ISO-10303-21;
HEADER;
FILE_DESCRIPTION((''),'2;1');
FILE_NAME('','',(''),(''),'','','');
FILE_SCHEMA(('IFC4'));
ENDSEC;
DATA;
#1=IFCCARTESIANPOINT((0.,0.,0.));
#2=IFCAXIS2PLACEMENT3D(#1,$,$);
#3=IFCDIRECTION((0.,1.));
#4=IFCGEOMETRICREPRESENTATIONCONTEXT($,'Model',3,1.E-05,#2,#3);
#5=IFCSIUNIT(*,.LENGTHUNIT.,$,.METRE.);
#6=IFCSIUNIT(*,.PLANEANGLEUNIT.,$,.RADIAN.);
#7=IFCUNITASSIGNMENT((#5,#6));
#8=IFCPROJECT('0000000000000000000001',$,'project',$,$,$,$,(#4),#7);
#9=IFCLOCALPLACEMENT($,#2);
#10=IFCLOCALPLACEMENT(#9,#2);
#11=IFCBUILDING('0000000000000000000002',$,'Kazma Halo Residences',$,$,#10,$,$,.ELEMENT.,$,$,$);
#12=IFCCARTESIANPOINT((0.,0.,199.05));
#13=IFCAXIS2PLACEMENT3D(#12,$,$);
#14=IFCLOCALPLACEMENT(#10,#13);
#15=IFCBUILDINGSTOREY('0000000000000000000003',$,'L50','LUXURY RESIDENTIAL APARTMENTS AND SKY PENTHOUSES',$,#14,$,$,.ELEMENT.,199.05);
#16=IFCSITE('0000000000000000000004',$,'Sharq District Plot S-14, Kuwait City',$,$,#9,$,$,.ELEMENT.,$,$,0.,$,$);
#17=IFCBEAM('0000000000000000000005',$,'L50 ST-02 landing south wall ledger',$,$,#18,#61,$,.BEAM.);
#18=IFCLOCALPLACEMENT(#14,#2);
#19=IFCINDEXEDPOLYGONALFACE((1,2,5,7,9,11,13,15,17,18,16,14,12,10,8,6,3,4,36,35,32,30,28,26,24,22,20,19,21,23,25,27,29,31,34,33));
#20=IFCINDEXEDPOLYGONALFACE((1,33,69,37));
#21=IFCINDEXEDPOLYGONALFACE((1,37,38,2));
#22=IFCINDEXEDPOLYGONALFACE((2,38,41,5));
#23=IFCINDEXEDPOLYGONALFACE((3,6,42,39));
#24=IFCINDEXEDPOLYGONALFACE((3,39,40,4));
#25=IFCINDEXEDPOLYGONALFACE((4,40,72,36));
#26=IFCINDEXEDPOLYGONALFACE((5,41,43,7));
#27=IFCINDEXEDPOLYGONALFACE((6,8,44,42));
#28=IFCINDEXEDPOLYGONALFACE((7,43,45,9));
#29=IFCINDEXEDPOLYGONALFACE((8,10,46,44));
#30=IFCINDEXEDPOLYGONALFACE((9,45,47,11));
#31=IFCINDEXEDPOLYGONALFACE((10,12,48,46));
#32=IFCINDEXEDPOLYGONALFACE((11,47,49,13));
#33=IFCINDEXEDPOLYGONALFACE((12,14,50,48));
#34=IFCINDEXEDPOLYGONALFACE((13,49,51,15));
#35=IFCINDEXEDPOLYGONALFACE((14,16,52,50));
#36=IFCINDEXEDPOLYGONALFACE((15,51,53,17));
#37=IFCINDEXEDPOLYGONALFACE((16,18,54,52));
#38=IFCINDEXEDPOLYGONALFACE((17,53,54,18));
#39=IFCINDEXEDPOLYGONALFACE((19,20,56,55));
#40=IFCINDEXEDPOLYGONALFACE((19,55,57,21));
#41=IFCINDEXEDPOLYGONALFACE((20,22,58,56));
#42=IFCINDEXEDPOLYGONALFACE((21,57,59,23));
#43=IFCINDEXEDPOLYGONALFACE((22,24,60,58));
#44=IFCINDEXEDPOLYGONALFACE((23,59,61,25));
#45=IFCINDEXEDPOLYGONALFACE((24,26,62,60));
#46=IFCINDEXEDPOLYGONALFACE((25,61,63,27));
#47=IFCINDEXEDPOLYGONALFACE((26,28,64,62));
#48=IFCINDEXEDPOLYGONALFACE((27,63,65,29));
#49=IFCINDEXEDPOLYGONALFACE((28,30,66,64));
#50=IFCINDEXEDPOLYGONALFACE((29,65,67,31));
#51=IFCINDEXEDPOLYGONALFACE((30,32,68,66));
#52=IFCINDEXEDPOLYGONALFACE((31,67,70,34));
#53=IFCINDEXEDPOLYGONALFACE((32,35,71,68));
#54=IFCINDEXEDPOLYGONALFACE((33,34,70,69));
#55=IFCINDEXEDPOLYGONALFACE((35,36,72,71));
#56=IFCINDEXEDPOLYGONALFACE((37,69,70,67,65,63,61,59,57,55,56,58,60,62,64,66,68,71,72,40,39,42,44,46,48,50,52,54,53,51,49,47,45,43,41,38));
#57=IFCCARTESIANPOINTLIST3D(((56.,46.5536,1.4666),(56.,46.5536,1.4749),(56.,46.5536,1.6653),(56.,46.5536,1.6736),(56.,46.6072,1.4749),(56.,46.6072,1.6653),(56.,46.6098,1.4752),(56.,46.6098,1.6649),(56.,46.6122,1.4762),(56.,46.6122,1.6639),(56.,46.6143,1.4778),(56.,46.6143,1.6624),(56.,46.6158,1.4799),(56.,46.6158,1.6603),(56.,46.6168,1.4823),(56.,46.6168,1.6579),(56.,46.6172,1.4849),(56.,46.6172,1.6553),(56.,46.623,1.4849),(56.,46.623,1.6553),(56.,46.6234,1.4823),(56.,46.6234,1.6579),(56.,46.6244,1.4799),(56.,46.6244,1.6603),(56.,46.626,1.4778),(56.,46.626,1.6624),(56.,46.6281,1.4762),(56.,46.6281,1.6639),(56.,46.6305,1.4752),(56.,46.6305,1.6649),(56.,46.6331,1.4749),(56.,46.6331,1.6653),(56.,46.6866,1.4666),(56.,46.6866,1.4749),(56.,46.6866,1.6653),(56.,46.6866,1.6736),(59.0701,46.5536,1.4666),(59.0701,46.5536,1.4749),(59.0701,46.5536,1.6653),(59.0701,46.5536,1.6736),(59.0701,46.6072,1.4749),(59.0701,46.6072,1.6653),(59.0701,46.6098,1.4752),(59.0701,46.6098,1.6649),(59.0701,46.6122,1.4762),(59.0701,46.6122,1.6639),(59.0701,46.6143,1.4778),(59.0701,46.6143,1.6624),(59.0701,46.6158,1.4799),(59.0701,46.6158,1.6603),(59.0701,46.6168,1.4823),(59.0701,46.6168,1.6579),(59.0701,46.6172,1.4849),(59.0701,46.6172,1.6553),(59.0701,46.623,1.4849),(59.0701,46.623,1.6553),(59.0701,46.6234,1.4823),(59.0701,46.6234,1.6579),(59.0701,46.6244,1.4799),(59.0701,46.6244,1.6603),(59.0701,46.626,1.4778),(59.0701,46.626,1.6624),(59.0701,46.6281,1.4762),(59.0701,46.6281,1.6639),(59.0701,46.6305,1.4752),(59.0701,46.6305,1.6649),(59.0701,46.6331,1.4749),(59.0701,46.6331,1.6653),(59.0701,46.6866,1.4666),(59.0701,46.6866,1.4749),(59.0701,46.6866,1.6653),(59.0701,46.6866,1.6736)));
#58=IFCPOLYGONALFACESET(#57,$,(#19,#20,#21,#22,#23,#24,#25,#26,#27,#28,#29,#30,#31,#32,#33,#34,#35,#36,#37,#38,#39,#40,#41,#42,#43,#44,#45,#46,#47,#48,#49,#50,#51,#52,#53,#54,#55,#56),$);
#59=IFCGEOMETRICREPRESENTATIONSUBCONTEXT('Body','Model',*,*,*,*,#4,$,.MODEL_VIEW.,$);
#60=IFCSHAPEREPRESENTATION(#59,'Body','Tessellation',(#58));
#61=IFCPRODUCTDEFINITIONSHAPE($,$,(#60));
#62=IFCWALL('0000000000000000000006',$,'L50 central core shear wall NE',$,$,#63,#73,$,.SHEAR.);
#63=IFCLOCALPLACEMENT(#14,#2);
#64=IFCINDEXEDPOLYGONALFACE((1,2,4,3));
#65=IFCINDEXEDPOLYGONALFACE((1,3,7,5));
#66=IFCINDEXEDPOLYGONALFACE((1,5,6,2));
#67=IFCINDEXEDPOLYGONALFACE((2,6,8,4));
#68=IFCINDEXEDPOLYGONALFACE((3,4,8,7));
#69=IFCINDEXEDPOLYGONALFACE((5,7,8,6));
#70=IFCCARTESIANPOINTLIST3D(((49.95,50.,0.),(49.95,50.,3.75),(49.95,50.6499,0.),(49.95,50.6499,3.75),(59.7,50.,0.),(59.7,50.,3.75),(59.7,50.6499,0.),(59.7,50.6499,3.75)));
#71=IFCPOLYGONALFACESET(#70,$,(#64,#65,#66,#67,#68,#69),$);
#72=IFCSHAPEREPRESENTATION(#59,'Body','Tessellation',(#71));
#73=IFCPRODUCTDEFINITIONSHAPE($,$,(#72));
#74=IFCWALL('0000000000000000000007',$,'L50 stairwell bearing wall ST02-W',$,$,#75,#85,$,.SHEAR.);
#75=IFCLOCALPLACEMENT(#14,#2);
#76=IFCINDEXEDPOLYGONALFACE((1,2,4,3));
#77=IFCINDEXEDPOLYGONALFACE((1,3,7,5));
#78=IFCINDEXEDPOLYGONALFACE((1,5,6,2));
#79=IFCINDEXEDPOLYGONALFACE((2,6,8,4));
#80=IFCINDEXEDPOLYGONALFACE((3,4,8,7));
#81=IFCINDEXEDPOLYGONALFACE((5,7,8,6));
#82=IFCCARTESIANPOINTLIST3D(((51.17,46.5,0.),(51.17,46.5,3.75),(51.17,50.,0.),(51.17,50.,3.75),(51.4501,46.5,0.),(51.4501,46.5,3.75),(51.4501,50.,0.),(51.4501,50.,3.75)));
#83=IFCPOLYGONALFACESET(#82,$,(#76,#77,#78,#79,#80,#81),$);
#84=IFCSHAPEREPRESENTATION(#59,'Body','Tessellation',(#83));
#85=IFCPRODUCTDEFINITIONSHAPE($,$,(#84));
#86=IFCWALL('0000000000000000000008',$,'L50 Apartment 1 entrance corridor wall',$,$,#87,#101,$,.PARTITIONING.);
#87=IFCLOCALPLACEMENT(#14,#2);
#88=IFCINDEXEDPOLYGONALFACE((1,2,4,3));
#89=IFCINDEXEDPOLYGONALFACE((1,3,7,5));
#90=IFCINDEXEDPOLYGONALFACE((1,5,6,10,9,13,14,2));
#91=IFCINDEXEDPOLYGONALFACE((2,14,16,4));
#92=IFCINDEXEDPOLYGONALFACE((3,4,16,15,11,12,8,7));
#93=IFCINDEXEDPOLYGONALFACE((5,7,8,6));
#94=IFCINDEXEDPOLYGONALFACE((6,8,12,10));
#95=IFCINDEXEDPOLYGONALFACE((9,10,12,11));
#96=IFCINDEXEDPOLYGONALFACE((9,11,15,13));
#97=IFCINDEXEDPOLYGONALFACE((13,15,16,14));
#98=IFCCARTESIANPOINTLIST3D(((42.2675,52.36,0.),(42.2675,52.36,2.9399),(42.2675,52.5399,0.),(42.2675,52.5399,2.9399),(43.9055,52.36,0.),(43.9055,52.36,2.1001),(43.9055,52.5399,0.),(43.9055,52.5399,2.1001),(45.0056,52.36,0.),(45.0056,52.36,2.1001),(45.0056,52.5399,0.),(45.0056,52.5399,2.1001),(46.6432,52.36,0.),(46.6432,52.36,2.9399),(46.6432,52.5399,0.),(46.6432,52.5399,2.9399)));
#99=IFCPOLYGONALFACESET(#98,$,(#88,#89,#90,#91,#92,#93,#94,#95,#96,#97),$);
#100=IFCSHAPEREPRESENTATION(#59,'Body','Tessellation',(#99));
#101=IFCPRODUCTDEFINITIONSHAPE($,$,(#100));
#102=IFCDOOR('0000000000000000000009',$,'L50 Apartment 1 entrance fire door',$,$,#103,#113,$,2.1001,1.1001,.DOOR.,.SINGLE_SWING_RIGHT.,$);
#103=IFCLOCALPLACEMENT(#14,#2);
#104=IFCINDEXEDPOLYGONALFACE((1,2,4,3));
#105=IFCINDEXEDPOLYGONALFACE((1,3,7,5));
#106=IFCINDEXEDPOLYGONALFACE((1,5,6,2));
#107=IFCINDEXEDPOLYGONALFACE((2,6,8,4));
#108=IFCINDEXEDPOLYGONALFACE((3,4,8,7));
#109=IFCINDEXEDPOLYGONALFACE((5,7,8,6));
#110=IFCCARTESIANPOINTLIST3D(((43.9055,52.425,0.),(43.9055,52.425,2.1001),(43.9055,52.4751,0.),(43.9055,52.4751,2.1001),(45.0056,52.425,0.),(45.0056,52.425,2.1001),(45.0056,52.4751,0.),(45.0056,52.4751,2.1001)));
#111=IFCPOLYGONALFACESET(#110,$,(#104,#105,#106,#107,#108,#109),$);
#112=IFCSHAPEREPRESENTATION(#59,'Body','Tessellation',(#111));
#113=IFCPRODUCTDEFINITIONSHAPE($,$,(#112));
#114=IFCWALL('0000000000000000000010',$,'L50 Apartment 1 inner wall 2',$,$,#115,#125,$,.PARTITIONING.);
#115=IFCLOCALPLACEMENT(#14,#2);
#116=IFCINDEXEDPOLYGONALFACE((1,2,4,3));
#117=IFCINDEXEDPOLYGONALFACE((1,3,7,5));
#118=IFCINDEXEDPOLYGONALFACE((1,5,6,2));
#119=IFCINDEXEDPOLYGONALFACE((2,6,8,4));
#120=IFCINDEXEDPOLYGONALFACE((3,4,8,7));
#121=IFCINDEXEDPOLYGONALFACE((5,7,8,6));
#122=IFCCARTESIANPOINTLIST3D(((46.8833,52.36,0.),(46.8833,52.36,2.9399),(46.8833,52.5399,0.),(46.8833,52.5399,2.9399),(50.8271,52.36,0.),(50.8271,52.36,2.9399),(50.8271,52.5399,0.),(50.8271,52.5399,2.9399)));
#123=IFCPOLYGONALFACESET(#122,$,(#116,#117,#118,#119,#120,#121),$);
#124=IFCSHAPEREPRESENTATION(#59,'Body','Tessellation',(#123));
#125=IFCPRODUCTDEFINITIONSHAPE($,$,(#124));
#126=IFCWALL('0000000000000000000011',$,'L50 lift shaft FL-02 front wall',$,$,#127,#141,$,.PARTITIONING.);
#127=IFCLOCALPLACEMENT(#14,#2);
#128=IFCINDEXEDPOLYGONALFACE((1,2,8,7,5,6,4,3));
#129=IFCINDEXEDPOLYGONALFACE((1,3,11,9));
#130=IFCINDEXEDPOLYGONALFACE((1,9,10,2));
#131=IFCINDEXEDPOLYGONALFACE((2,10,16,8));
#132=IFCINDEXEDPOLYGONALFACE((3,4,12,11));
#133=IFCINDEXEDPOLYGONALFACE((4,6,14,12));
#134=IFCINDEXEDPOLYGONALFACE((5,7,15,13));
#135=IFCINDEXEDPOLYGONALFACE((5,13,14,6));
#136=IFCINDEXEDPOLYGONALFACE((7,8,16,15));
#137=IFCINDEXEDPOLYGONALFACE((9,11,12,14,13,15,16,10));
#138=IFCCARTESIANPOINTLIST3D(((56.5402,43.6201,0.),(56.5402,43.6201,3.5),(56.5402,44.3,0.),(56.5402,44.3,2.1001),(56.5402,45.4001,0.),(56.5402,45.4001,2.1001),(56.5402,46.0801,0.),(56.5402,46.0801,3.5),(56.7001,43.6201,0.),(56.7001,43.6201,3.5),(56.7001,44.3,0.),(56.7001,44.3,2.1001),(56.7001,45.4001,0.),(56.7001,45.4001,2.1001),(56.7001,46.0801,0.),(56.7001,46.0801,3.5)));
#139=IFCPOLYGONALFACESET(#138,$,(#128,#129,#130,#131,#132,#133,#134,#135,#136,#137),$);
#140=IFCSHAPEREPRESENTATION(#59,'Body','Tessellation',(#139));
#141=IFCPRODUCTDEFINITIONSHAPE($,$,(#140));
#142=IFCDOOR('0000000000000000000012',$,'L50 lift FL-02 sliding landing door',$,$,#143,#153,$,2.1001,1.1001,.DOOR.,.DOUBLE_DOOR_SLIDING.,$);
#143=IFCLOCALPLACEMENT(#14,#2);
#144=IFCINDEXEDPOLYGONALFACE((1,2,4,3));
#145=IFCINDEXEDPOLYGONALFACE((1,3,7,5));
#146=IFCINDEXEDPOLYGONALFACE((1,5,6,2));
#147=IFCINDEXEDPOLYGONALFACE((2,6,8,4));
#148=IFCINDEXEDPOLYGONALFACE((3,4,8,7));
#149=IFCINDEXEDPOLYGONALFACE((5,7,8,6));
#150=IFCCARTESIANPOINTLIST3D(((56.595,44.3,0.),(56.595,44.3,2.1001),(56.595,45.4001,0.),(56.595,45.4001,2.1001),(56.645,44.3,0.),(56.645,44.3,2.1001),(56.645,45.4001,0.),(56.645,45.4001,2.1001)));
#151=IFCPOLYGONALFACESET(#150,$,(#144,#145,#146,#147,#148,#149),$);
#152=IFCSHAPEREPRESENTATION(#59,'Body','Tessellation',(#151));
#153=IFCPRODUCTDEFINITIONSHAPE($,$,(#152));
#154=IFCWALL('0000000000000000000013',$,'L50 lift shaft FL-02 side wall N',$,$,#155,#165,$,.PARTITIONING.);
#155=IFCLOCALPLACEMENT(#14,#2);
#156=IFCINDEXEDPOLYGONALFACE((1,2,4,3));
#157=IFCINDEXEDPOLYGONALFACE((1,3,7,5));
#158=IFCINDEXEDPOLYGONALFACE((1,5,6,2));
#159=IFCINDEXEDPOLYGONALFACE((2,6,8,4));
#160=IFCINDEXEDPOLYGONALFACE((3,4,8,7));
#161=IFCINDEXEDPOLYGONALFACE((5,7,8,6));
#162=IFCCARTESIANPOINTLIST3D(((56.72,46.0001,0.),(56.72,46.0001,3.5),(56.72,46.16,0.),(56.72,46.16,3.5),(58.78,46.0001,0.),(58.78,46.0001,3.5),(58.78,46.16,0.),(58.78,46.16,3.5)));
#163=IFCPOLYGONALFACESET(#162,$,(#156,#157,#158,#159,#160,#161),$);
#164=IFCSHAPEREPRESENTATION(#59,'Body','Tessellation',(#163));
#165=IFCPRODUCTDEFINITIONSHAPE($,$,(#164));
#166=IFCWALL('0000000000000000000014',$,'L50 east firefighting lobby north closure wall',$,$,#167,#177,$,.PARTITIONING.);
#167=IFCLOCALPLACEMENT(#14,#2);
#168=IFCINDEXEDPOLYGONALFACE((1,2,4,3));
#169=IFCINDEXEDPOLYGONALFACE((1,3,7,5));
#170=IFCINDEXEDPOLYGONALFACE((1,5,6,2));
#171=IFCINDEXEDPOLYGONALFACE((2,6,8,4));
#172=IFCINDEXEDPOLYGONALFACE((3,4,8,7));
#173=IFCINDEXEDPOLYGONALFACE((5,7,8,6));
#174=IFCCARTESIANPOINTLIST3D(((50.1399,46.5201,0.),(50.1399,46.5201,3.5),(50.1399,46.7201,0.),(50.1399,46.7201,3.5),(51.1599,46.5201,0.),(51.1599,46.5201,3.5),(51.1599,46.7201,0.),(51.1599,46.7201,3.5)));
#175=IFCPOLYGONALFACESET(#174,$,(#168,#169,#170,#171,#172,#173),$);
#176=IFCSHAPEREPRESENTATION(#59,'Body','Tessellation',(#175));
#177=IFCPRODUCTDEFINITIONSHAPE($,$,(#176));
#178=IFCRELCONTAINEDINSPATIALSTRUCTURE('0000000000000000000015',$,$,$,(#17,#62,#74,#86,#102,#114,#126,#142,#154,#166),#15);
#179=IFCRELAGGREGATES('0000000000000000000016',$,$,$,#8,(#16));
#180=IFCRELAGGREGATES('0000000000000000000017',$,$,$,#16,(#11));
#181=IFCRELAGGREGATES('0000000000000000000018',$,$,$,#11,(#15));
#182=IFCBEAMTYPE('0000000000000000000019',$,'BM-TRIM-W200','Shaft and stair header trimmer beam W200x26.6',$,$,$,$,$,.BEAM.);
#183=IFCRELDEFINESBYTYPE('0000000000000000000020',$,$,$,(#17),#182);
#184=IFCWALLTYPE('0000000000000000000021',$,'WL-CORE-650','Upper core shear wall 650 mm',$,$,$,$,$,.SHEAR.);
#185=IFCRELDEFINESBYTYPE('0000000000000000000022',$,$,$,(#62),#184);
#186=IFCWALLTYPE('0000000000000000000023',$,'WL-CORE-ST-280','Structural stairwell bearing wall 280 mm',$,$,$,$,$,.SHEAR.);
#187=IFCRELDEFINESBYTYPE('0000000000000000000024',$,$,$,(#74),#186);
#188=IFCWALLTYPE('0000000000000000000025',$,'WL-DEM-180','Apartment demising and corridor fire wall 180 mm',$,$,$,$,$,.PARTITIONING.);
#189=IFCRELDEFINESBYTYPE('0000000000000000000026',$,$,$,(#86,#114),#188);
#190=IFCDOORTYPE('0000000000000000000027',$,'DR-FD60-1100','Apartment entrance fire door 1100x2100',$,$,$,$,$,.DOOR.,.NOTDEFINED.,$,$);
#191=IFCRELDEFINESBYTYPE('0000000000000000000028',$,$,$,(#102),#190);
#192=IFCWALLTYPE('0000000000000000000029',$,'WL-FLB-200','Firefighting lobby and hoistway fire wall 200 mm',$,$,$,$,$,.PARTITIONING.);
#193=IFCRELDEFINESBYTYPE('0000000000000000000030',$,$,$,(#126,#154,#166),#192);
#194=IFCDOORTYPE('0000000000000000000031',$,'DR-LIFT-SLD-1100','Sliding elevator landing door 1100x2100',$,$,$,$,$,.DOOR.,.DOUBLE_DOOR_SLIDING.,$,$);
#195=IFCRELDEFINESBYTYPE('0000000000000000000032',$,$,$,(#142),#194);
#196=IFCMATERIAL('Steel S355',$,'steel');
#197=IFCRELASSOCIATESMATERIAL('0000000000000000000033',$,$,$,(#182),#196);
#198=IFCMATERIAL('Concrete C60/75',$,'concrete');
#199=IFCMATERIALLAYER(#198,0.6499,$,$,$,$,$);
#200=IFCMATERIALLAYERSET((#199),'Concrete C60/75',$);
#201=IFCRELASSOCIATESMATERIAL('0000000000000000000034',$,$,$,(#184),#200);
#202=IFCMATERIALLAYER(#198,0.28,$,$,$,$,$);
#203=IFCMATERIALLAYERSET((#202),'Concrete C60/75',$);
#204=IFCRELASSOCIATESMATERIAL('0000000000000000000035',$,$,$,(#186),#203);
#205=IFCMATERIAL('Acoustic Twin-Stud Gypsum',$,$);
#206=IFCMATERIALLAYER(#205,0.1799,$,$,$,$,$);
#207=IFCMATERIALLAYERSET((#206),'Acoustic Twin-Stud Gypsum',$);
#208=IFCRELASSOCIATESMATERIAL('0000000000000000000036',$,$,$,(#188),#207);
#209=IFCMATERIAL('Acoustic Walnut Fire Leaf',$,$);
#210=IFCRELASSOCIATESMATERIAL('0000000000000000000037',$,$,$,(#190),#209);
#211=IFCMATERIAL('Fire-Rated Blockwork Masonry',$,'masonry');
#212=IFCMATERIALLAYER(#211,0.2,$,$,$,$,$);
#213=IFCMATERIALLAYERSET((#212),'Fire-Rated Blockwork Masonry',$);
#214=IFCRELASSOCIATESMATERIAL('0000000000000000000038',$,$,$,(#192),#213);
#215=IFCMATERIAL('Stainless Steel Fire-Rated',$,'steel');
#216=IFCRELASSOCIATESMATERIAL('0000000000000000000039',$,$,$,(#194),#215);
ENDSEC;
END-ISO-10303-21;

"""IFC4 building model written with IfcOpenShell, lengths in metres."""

from ifc_helpers import new_model, si_unit, direction, frame, frame_2d, origin, origin_2d, place, context, subcontext, project, spatial, rectangle, i_section, extrude, material, layer, layer_set, material_profile, profile_set, type_object, element, fill, save


model = new_model("IFC4")

# Units and contexts
model_context = context("Model", 3, precision=1e-05, world=origin(), true_north=direction((0.0, 1.0)))
body_context = subcontext(model_context, "Body", "Model", "MODEL_VIEW")
ifc_project = project(units=[si_unit("LENGTHUNIT", "METRE"), si_unit("PLANEANGLEUNIT", "RADIAN")], contexts=[model_context])

# Site, building, storey
site_placement = place(None, origin())
site = spatial("IfcSite", under=ifc_project, at=site_placement, Name="Sharq District Plot S-14, Kuwait City", CompositionType="ELEMENT", RefElevation=0.0)
building_placement = place(site_placement, origin())
building = spatial("IfcBuilding", under=site, at=building_placement, Name="Kazma Halo Residences", CompositionType="ELEMENT")
storey_placement = place(building_placement, frame((0.0, 0.0, 199.05)))
storey = spatial("IfcBuildingStorey", under=building, at=storey_placement, Name="L50", Description="LUXURY RESIDENTIAL APARTMENTS AND SKY PENTHOUSES", CompositionType="ELEMENT", Elevation=199.05)

# Shared definitions
ifc_material_1 = material(Name="Steel S355", Category="steel")

# Beam
ifc_material_profile_1 = material_profile(ifc_material_1, i_section(OverallWidth=0.1331, OverallDepth=0.207, WebThickness=0.0059, FlangeThickness=0.0083, FilletRadius=0.01, at=origin_2d()), Name="W200x26.6")
ifc_profile_set_1 = profile_set([ifc_material_profile_1], Name="Steel S355")
beam_type_1 = type_object("IfcBeamType", Name="BM-TRIM-W200", Description="Shaft and stair header trimmer beam W200x26.6", PredefinedType="BEAM", material=ifc_profile_set_1)
beam_1_placement = place(storey_placement, frame((56.0, 46.6201, 1.5701), z_axis=(1.0, 0.0, 0.0), x_axis=(0.0, 1.0, 0.0)))
element("IfcBeam", 1, at=beam_1_placement, inside=storey, type_object=beam_type_1, Name="L50 ST-02 landing south wall ledger", PredefinedType="BEAM", context=body_context, shape_type="SweptSolid", body=[
    extrude(i_section(OverallWidth=0.1331, OverallDepth=0.207, WebThickness=0.0059, FlangeThickness=0.0083, FilletRadius=0.01, at=origin_2d()), origin(), (0.0, 0.0, 1.0), 3.0701),
])

# Walls
ifc_material_2 = material(Name="Concrete C60/75", Category="concrete")
ifc_layer_1 = layer(ifc_material_2, 0.6499)
ifc_layer_set_1 = layer_set([ifc_layer_1], Name="Concrete C60/75")
wall_type_1 = type_object("IfcWallType", Name="WL-CORE-650", Description="Upper core shear wall 650 mm", PredefinedType="SHEAR", material=ifc_layer_set_1)
wall_1_placement = place(storey_placement, frame((49.95, 50.325, 0.0), z_axis=(0.0, 0.0, 1.0), x_axis=(1.0, 0.0, 0.0)))
element("IfcWall", 2, at=wall_1_placement, inside=storey, type_object=wall_type_1, Name="L50 central core shear wall NE", PredefinedType="SHEAR", context=body_context, shape_type="SweptSolid", body=[
    extrude(rectangle(XDim=9.75, YDim=0.6499, at=frame_2d((4.875, 0.0))), origin(), (0.0, 0.0, 1.0), 3.75),
])
ifc_layer_2 = layer(ifc_material_2, 0.28)
ifc_layer_set_2 = layer_set([ifc_layer_2], Name="Concrete C60/75")
wall_type_2 = type_object("IfcWallType", Name="WL-CORE-ST-280", Description="Structural stairwell bearing wall 280 mm", PredefinedType="SHEAR", material=ifc_layer_set_2)
wall_2_placement = place(storey_placement, frame((51.3101, 46.5, 0.0), z_axis=(0.0, 0.0, 1.0), x_axis=(0.0, 1.0, 0.0)))
element("IfcWall", 3, at=wall_2_placement, inside=storey, type_object=wall_type_2, Name="L50 stairwell bearing wall ST02-W", PredefinedType="SHEAR", context=body_context, shape_type="SweptSolid", body=[
    extrude(rectangle(XDim=3.5, YDim=0.28, at=frame_2d((1.75, 0.0))), origin(), (0.0, 0.0, 1.0), 3.75),
])

# Wall, opening, door
ifc_material_3 = material(Name="Acoustic Twin-Stud Gypsum")
ifc_layer_3 = layer(ifc_material_3, 0.1799)
ifc_layer_set_3 = layer_set([ifc_layer_3], Name="Acoustic Twin-Stud Gypsum")
wall_type_3 = type_object("IfcWallType", Name="WL-DEM-180", Description="Apartment demising and corridor fire wall 180 mm", PredefinedType="PARTITIONING", material=ifc_layer_set_3)
wall_3_placement = place(storey_placement, frame((46.6433, 52.45, 0.0), z_axis=(0.0, 0.0, 1.0), x_axis=(-1.0, 0.0, 0.0)))
wall_3 = element("IfcWall", 4, at=wall_3_placement, inside=storey, type_object=wall_type_3, Name="L50 Apartment 1 entrance corridor wall", PredefinedType="PARTITIONING", context=body_context, shape_type="SweptSolid", body=[
    extrude(rectangle(XDim=4.3757, YDim=0.1799, at=frame_2d((2.188, 0.0))), origin(), (0.0, 0.0, 1.0), 2.9399),
])
opening_1_placement = place(wall_3_placement, frame((1.6377, 0.0, 0.0)))
opening_1 = element("IfcOpeningElement", 5, at=opening_1_placement, cuts=wall_3, PredefinedType="OPENING", context=body_context, shape_type="SweptSolid", body=[
    extrude(rectangle(XDim=1.1001, YDim=2.1001, at=frame_2d((0.55, 1.05))), frame((0.0, 0.0999, 0.0), z_axis=(0.0, -1.0, 0.0), x_axis=(1.0, 0.0, 0.0)), (0.0, 0.0, 1.0), 0.2),
])
ifc_material_4 = material(Name="Acoustic Walnut Fire Leaf")
door_type_1 = type_object("IfcDoorType", Name="DR-FD60-1100", Description="Apartment entrance fire door 1100x2100", OperationType="NOTDEFINED", PredefinedType="DOOR", material=ifc_material_4)
door_1_placement = place(opening_1_placement, origin())
door_1 = element("IfcDoor", 6, at=door_1_placement, inside=storey, type_object=door_type_1, Name="L50 Apartment 1 entrance fire door", OperationType="SINGLE_SWING_RIGHT", OverallHeight=2.1001, OverallWidth=1.1001, PredefinedType="DOOR", context=body_context, shape_type="SweptSolid", body=[
    extrude(rectangle(XDim=1.1001, YDim=2.1001, at=frame_2d((0.55, 1.05))), frame((0.0, 0.0249, 0.0), z_axis=(0.0, -1.0, 0.0), x_axis=(1.0, 0.0, 0.0)), (0.0, 0.0, 1.0), 0.05),
])
fill(opening_1, door_1)

# Wall
wall_4_placement = place(storey_placement, frame((50.8271, 52.45, 0.0), z_axis=(0.0, 0.0, 1.0), x_axis=(-1.0, 0.0, 0.0)))
element("IfcWall", 7, at=wall_4_placement, inside=storey, type_object=wall_type_3, Name="L50 Apartment 1 inner wall 2", PredefinedType="PARTITIONING", context=body_context, shape_type="SweptSolid", body=[
    extrude(rectangle(XDim=3.9438, YDim=0.1799, at=frame_2d((1.9719, 0.0))), origin(), (0.0, 0.0, 1.0), 2.9399),
])

# Wall, opening, door
ifc_material_5 = material(Name="Fire-Rated Blockwork Masonry", Category="masonry")
ifc_layer_4 = layer(ifc_material_5, 0.2)
ifc_layer_set_4 = layer_set([ifc_layer_4], Name="Fire-Rated Blockwork Masonry")
wall_type_4 = type_object("IfcWallType", Name="WL-FLB-200", Description="Firefighting lobby and hoistway fire wall 200 mm", PredefinedType="PARTITIONING", material=ifc_layer_set_4)
wall_5_placement = place(storey_placement, frame((56.6201, 46.0801, 0.0), z_axis=(0.0, 0.0, 1.0), x_axis=(0.0, -1.0, 0.0)))
wall_5 = element("IfcWall", 8, at=wall_5_placement, inside=storey, type_object=wall_type_4, Name="L50 lift shaft FL-02 front wall", PredefinedType="PARTITIONING", context=body_context, shape_type="SweptSolid", body=[
    extrude(rectangle(XDim=2.46, YDim=0.1599, at=frame_2d((1.23, 0.0))), origin(), (0.0, 0.0, 1.0), 3.5),
])
opening_2_placement = place(wall_5_placement, frame((0.6799, 0.0, 0.0)))
opening_2 = element("IfcOpeningElement", 9, at=opening_2_placement, cuts=wall_5, PredefinedType="OPENING", context=body_context, shape_type="SweptSolid", body=[
    extrude(rectangle(XDim=1.1001, YDim=2.1001, at=frame_2d((0.55, 1.05))), frame((0.0, 0.0898, 0.0), z_axis=(0.0, -1.0, 0.0), x_axis=(1.0, 0.0, 0.0)), (0.0, 0.0, 1.0), 0.1799),
])
ifc_material_6 = material(Name="Stainless Steel Fire-Rated", Category="steel")
door_type_2 = type_object("IfcDoorType", Name="DR-LIFT-SLD-1100", Description="Sliding elevator landing door 1100x2100", OperationType="DOUBLE_DOOR_SLIDING", PredefinedType="DOOR", material=ifc_material_6)
door_2_placement = place(opening_2_placement, origin())
door_2 = element("IfcDoor", 10, at=door_2_placement, inside=storey, type_object=door_type_2, Name="L50 lift FL-02 sliding landing door", OperationType="DOUBLE_DOOR_SLIDING", OverallHeight=2.1001, OverallWidth=1.1001, PredefinedType="DOOR", context=body_context, shape_type="SweptSolid", body=[
    extrude(rectangle(XDim=1.1001, YDim=2.1001, at=frame_2d((0.55, 1.05))), frame((0.0, 0.0249, 0.0), z_axis=(0.0, -1.0, 0.0), x_axis=(1.0, 0.0, 0.0)), (0.0, 0.0, 1.0), 0.05),
])
fill(opening_2, door_2)

# Walls
wall_6_placement = place(storey_placement, frame((56.72, 46.0801, 0.0), z_axis=(0.0, 0.0, 1.0), x_axis=(1.0, 0.0, 0.0)))
element("IfcWall", 11, at=wall_6_placement, inside=storey, type_object=wall_type_4, Name="L50 lift shaft FL-02 side wall N", PredefinedType="PARTITIONING", context=body_context, shape_type="SweptSolid", body=[
    extrude(rectangle(XDim=2.0601, YDim=0.1599, at=frame_2d((1.03, 0.0))), origin(), (0.0, 0.0, 1.0), 3.5),
])
wall_7_placement = place(storey_placement, frame((50.1399, 46.6201, 0.0), z_axis=(0.0, 0.0, 1.0), x_axis=(1.0, 0.0, 0.0)))
element("IfcWall", 12, at=wall_7_placement, inside=storey, type_object=wall_type_4, Name="L50 east firefighting lobby north closure wall", PredefinedType="PARTITIONING", context=body_context, shape_type="SweptSolid", body=[
    extrude(rectangle(XDim=1.02, YDim=0.2, at=frame_2d((0.51, 0.0))), origin(), (0.0, 0.0, 1.0), 3.5),
])

save(model, "model.ifc")
